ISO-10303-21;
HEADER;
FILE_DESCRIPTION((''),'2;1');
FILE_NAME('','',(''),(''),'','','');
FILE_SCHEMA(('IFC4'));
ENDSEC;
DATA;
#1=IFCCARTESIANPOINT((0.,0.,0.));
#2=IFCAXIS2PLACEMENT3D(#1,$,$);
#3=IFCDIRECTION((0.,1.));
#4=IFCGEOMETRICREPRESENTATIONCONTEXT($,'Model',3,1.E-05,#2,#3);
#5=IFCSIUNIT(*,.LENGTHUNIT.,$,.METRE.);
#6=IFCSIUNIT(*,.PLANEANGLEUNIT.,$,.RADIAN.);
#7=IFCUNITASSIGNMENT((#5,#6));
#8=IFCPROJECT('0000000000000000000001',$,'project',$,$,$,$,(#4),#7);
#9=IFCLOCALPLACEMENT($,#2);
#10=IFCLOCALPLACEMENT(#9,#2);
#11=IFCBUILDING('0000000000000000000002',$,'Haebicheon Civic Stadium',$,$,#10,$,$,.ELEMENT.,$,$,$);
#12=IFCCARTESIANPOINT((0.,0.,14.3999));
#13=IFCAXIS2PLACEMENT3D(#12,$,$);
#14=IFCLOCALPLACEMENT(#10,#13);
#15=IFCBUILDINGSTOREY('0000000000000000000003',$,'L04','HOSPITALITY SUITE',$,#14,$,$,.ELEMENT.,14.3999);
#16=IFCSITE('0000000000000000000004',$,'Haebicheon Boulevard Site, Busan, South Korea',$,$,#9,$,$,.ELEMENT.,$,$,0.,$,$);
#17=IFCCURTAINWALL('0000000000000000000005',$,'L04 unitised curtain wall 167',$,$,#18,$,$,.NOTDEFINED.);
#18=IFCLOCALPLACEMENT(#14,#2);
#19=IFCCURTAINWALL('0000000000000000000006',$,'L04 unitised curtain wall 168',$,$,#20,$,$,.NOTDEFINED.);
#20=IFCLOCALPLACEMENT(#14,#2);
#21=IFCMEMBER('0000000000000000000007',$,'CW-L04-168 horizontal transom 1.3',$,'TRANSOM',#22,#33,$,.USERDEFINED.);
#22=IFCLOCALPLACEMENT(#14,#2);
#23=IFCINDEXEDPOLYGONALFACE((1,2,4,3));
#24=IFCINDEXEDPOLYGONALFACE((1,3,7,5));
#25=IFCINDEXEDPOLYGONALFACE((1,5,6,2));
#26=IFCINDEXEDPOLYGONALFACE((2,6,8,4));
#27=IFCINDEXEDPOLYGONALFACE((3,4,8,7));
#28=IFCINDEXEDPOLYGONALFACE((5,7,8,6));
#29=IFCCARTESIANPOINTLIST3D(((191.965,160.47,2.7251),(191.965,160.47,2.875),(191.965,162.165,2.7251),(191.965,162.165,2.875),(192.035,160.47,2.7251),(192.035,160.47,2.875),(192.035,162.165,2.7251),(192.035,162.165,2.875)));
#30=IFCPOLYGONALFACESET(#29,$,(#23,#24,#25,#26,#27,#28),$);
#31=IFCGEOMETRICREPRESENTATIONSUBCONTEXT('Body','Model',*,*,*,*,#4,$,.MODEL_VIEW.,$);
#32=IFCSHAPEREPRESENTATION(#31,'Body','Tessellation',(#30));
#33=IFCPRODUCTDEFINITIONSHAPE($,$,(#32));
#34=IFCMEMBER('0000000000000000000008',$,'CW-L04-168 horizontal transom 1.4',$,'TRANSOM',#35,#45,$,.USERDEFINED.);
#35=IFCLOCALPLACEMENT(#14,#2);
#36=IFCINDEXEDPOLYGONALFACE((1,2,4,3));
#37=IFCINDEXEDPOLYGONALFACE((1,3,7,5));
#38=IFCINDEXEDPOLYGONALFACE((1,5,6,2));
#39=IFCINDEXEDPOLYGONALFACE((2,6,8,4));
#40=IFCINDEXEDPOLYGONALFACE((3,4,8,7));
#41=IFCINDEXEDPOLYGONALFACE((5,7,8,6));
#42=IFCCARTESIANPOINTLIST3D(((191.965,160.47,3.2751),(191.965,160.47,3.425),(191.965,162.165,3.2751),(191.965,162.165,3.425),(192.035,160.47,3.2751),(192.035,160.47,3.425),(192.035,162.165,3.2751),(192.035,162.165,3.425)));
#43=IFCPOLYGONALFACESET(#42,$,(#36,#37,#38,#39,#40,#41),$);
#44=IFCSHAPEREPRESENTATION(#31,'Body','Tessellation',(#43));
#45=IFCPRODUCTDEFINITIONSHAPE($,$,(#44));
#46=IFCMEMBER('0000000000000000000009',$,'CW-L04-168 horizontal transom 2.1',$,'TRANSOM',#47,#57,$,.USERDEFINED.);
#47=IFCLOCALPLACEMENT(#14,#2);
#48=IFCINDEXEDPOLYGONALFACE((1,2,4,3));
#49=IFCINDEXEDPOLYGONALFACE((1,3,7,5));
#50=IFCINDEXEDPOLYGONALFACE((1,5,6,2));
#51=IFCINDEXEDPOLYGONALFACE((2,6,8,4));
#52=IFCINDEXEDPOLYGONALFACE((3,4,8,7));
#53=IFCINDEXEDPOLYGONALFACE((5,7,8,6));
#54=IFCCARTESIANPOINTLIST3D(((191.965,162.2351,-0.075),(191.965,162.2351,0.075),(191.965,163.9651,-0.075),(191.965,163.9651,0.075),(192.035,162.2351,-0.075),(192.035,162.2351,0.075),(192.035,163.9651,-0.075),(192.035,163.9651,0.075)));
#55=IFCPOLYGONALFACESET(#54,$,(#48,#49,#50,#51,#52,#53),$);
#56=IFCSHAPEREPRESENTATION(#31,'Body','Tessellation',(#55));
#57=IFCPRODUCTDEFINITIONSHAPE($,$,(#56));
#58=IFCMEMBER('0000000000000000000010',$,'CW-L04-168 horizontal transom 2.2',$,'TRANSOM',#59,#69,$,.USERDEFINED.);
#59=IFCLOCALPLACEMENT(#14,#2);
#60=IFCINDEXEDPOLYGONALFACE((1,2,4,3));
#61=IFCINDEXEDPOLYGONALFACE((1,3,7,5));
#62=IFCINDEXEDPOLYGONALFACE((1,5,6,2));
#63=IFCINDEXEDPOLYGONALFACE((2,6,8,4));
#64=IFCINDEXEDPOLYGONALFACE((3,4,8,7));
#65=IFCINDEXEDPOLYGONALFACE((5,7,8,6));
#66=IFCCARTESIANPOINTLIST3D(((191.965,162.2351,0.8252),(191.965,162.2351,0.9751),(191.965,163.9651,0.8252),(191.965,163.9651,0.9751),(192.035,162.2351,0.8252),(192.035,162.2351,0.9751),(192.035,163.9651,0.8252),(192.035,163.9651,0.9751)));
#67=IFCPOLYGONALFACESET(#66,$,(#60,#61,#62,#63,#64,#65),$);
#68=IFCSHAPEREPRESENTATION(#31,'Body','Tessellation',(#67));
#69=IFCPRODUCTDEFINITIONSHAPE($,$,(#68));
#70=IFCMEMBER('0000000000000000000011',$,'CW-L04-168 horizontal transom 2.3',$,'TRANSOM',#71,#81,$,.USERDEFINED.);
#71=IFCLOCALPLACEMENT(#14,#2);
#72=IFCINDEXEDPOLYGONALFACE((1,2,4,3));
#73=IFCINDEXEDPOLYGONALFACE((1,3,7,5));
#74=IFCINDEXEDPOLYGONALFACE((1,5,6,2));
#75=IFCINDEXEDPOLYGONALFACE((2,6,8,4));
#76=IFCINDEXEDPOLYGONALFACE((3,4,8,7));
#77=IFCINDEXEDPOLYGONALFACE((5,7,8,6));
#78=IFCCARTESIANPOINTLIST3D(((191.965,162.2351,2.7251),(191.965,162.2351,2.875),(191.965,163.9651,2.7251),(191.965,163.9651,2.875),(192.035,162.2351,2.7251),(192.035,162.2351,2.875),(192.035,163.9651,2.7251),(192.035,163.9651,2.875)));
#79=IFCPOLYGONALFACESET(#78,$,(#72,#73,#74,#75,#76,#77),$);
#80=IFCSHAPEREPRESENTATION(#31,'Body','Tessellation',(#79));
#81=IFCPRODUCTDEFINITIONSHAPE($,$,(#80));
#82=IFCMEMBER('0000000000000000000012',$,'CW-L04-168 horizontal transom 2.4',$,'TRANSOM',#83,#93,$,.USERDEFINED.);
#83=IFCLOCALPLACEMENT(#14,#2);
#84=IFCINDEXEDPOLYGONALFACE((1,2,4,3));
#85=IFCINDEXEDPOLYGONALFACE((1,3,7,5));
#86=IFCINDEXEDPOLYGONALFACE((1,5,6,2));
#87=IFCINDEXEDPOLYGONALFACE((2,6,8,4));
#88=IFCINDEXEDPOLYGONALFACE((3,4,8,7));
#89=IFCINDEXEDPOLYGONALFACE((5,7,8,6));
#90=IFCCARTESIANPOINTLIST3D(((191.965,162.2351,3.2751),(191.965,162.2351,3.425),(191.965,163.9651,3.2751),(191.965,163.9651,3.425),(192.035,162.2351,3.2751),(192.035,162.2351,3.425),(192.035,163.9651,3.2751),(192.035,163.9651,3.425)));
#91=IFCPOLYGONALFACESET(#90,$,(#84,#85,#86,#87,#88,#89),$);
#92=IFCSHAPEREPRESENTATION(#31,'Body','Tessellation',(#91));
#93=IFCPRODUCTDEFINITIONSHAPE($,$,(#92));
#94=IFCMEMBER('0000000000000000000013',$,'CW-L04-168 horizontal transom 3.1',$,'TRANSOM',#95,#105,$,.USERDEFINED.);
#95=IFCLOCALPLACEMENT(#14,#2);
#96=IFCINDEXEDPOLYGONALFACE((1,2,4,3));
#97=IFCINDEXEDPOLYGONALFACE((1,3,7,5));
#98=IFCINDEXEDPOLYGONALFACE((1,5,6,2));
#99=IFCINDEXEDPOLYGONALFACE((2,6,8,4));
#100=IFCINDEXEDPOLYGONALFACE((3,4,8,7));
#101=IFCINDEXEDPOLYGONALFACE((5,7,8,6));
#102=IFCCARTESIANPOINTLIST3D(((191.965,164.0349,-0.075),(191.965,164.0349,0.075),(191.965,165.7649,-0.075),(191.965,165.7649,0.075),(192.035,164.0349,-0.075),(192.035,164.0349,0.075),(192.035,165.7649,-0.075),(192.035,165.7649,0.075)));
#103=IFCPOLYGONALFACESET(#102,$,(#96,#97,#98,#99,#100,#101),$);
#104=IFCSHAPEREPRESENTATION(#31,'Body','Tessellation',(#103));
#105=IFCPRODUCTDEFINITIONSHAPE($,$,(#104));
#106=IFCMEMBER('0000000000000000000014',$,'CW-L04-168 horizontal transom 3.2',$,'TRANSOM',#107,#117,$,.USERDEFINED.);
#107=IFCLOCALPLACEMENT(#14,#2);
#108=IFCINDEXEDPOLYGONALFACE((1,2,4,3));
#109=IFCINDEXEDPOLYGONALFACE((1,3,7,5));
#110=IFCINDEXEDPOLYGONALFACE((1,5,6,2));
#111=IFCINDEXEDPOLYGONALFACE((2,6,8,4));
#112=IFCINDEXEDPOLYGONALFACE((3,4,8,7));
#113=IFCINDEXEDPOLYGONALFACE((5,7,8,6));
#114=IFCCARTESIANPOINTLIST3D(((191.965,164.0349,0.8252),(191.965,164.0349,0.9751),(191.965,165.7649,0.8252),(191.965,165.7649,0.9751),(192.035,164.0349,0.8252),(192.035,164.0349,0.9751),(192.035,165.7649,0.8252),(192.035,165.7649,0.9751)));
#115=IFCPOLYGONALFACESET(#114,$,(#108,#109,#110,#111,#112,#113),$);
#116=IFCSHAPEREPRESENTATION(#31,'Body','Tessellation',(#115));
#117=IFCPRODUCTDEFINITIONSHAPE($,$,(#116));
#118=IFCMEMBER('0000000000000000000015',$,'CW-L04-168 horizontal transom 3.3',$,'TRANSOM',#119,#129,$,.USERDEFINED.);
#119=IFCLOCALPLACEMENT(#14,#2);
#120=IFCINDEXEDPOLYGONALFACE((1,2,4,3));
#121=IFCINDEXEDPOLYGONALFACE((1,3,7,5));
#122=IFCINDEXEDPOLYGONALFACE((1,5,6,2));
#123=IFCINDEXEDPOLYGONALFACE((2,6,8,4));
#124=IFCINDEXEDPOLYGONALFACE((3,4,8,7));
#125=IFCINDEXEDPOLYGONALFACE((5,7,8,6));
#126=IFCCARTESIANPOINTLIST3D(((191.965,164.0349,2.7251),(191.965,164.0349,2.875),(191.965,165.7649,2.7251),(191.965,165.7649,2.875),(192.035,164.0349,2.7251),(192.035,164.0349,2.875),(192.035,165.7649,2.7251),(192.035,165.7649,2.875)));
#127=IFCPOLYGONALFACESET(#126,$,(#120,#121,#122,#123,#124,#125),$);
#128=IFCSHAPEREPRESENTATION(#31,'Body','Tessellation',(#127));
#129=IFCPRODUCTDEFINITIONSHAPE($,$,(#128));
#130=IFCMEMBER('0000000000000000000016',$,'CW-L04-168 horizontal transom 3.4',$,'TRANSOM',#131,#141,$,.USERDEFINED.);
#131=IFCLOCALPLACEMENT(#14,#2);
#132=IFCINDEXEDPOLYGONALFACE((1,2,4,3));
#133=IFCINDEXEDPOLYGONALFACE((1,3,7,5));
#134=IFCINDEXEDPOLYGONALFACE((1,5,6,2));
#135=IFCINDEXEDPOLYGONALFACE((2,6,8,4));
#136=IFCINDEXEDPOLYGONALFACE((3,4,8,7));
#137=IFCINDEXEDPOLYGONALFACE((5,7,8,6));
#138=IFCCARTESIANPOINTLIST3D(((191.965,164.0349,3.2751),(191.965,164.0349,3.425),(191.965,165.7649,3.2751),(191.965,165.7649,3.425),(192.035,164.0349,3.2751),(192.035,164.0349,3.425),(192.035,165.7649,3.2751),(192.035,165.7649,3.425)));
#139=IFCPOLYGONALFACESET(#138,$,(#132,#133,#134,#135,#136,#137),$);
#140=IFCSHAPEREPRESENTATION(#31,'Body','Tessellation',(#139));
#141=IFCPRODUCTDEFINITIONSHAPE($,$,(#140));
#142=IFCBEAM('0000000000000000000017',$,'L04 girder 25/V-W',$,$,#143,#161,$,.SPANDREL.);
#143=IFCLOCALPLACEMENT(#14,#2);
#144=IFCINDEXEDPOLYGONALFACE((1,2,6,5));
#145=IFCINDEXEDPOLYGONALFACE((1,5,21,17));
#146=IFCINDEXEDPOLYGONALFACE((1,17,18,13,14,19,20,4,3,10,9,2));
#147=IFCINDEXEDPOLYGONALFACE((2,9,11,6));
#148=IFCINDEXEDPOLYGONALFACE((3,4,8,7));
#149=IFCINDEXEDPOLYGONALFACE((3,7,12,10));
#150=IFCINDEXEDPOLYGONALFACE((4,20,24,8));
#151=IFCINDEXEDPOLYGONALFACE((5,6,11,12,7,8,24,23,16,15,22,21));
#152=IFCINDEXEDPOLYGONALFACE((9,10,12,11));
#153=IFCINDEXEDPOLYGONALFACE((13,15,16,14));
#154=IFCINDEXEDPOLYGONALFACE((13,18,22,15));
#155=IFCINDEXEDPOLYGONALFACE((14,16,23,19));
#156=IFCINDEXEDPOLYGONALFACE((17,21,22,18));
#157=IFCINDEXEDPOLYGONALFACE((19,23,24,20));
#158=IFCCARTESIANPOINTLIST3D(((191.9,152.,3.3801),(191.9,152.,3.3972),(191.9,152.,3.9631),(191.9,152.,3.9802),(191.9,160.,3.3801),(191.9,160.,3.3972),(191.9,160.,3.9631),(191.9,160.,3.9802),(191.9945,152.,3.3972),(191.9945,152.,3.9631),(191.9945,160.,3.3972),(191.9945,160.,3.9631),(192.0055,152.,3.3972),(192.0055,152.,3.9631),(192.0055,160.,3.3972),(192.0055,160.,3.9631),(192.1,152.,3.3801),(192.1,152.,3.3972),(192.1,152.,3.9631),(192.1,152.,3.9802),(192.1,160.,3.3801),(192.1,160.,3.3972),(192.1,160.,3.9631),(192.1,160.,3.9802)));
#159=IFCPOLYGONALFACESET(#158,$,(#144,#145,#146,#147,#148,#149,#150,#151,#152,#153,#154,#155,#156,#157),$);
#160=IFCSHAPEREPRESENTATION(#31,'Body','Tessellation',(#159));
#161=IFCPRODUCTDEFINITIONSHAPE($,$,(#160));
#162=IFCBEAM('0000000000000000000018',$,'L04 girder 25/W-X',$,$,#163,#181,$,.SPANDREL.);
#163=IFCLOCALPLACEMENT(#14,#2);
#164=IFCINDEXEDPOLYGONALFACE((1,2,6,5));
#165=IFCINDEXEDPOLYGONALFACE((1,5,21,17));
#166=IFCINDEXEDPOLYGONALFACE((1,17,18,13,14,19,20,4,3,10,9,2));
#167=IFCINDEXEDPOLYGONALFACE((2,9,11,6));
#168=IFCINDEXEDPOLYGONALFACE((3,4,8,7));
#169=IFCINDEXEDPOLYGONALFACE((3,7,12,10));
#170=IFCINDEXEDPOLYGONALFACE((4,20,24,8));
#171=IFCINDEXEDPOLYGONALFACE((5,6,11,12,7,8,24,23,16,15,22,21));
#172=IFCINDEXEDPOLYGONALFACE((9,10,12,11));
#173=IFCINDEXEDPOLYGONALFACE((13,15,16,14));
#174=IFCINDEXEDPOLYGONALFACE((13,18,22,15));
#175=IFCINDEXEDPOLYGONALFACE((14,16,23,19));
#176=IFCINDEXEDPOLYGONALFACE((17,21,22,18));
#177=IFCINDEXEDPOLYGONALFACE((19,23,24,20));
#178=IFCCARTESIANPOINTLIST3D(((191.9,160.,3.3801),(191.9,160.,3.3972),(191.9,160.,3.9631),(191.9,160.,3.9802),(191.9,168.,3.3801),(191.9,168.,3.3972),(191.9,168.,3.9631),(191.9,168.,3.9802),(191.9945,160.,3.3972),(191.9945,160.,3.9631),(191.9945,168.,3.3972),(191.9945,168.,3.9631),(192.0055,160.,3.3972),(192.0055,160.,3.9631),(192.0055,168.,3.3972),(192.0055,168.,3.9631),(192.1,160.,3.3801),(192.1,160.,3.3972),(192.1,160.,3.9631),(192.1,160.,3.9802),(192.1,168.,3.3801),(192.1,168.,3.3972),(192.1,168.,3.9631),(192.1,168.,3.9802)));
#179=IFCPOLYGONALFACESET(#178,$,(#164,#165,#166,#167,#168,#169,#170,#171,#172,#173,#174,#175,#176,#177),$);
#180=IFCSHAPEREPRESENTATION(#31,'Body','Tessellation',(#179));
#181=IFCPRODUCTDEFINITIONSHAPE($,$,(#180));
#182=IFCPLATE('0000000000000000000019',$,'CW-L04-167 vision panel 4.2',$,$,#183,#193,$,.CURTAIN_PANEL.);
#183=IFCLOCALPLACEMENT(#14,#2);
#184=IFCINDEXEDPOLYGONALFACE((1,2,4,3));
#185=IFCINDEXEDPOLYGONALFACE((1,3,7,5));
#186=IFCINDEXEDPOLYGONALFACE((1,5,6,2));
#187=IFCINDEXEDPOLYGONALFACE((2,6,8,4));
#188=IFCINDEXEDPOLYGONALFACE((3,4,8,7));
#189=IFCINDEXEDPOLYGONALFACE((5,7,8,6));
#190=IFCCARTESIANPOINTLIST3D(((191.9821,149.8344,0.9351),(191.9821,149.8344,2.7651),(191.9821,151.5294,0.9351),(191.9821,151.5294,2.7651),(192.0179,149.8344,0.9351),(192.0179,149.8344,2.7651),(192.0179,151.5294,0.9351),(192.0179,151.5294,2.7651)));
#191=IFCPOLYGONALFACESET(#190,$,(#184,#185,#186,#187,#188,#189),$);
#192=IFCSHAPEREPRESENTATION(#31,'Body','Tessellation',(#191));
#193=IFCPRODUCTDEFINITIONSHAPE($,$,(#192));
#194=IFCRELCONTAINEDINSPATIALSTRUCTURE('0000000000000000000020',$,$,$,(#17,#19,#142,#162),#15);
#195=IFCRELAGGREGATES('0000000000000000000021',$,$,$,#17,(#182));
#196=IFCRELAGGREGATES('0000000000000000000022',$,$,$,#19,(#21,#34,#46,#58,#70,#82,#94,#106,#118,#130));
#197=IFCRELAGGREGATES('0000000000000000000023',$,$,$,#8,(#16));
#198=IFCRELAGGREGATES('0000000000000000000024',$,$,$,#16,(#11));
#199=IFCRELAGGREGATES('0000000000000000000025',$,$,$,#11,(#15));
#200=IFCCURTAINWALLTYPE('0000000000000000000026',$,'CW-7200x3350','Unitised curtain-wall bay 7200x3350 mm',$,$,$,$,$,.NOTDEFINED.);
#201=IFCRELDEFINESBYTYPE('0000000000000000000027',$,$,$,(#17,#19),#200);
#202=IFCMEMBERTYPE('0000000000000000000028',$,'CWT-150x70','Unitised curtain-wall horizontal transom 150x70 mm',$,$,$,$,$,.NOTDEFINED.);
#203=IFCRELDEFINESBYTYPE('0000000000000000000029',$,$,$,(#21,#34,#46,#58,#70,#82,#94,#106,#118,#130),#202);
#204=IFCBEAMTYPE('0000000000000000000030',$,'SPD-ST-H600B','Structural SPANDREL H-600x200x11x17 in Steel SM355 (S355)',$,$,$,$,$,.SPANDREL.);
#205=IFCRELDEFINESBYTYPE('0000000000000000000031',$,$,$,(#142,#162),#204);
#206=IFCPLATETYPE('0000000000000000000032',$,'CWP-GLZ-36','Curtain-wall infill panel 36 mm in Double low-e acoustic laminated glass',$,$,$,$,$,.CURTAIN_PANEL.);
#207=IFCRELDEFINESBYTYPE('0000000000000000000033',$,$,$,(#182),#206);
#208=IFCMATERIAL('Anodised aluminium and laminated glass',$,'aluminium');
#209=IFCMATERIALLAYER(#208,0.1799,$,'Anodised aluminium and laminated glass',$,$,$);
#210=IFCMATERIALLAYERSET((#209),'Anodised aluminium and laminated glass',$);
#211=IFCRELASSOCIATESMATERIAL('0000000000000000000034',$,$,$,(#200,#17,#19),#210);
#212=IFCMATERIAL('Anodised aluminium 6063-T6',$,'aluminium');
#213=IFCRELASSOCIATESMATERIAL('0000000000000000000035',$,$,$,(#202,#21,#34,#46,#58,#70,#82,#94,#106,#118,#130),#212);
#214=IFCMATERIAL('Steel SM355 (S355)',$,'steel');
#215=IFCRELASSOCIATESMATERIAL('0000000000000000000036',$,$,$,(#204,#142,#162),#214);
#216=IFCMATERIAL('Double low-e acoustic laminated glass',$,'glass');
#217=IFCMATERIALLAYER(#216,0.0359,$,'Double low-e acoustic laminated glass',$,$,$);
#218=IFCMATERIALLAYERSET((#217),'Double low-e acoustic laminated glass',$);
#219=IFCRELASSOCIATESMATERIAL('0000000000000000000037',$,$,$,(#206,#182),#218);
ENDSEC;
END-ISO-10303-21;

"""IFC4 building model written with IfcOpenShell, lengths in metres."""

from ifc_helpers import new_model, si_unit, direction, frame, origin, origin_2d, place, context, subcontext, project, spatial, rectangle, i_section, extrude, material, layer, layer_set, material_profile, profile_set, type_object, element, aggregate, save


model = new_model("IFC4")

# Units and contexts
model_context = context("Model", 3, precision=1e-05, world=origin(), true_north=direction((0.0, 1.0)))
body_context = subcontext(model_context, "Body", "Model", "MODEL_VIEW")
ifc_project = project(units=[si_unit("LENGTHUNIT", "METRE"), si_unit("PLANEANGLEUNIT", "RADIAN")], contexts=[model_context])

# Site, building, storey
site_placement = place(None, origin())
site = spatial("IfcSite", under=ifc_project, at=site_placement, Name="Haebicheon Boulevard Site, Busan, South Korea", CompositionType="ELEMENT", RefElevation=0.0)
building_placement = place(site_placement, origin())
building = spatial("IfcBuilding", under=site, at=building_placement, Name="Haebicheon Civic Stadium", CompositionType="ELEMENT")
storey_placement = place(building_placement, frame((0.0, 0.0, 14.3999)))
storey = spatial("IfcBuildingStorey", under=building, at=storey_placement, Name="L04", Description="HOSPITALITY SUITE", CompositionType="ELEMENT", Elevation=14.3999)

# Curtain walls
ifc_material_1 = material(Name="Anodised aluminium and laminated glass", Category="aluminium")
ifc_layer_1 = layer(ifc_material_1, 0.1799, Name="Anodised aluminium and laminated glass")
ifc_layer_set_1 = layer_set([ifc_layer_1], Name="Anodised aluminium and laminated glass")
curtain_wall_type = type_object("IfcCurtainWallType", Name="CW-7200x3350", Description="Unitised curtain-wall bay 7200x3350 mm", PredefinedType="NOTDEFINED", material=ifc_layer_set_1)
curtain_wall_1_placement = place(storey_placement, origin())
curtain_wall_1 = element("IfcCurtainWall", 1, at=curtain_wall_1_placement, inside=storey, type_object=curtain_wall_type, material=ifc_layer_set_1, Name="L04 unitised curtain wall 167", PredefinedType="NOTDEFINED")
curtain_wall_2_placement = place(storey_placement, origin())
curtain_wall_2 = element("IfcCurtainWall", 2, at=curtain_wall_2_placement, inside=storey, type_object=curtain_wall_type, material=ifc_layer_set_1, Name="L04 unitised curtain wall 168", PredefinedType="NOTDEFINED")

# Members
ifc_material_2 = material(Name="Anodised aluminium 6063-T6", Category="aluminium")
ifc_material_profile_1 = material_profile(ifc_material_2, rectangle(XDim=0.0701, YDim=0.1499, at=origin_2d()), Name="ALU-TRAN-70x150")
ifc_profile_set_1 = profile_set([ifc_material_profile_1], Name="Anodised aluminium 6063-T6")
member_type_1 = type_object("IfcMemberType", Name="CWT-150x70", Description="Unitised curtain-wall horizontal transom 150x70 mm", PredefinedType="NOTDEFINED", material=ifc_profile_set_1)
member_1_placement = place(storey_placement, frame((192.0, 160.47, 2.8), z_axis=(0.0, 1.0, 0.0), x_axis=(-1.0, 0.0, 0.0)))
member_1 = element("IfcMember", 3, at=member_1_placement, type_object=member_type_1, material=ifc_profile_set_1, Name="CW-L04-168 horizontal transom 1.3", ObjectType="TRANSOM", PredefinedType="USERDEFINED", context=body_context, shape_type="SweptSolid", body=[
    extrude(rectangle(XDim=0.0701, YDim=0.1499, at=origin_2d()), origin(), (0.0, 0.0, 1.0), 1.6951),
])
member_2_placement = place(storey_placement, frame((192.0, 160.47, 3.3501), z_axis=(0.0, 1.0, 0.0), x_axis=(-1.0, 0.0, 0.0)))
member_2 = element("IfcMember", 4, at=member_2_placement, type_object=member_type_1, material=ifc_profile_set_1, Name="CW-L04-168 horizontal transom 1.4", ObjectType="TRANSOM", PredefinedType="USERDEFINED", context=body_context, shape_type="SweptSolid", body=[
    extrude(rectangle(XDim=0.0701, YDim=0.1499, at=origin_2d()), origin(), (0.0, 0.0, 1.0), 1.6951),
])
member_3_placement = place(storey_placement, frame((192.0, 162.2351, 0.0), z_axis=(0.0, 1.0, 0.0), x_axis=(-1.0, 0.0, 0.0)))
member_3 = element("IfcMember", 5, at=member_3_placement, type_object=member_type_1, material=ifc_profile_set_1, Name="CW-L04-168 horizontal transom 2.1", ObjectType="TRANSOM", PredefinedType="USERDEFINED", context=body_context, shape_type="SweptSolid", body=[
    extrude(rectangle(XDim=0.0701, YDim=0.1499, at=origin_2d()), origin(), (0.0, 0.0, 1.0), 1.73),
])
member_4_placement = place(storey_placement, frame((192.0, 162.2351, 0.9001), z_axis=(0.0, 1.0, 0.0), x_axis=(-1.0, 0.0, 0.0)))
member_4 = element("IfcMember", 6, at=member_4_placement, type_object=member_type_1, material=ifc_profile_set_1, Name="CW-L04-168 horizontal transom 2.2", ObjectType="TRANSOM", PredefinedType="USERDEFINED", context=body_context, shape_type="SweptSolid", body=[
    extrude(rectangle(XDim=0.0701, YDim=0.1499, at=origin_2d()), origin(), (0.0, 0.0, 1.0), 1.73),
])
member_5_placement = place(storey_placement, frame((192.0, 162.2351, 2.8), z_axis=(0.0, 1.0, 0.0), x_axis=(-1.0, 0.0, 0.0)))
member_5 = element("IfcMember", 7, at=member_5_placement, type_object=member_type_1, material=ifc_profile_set_1, Name="CW-L04-168 horizontal transom 2.3", ObjectType="TRANSOM", PredefinedType="USERDEFINED", context=body_context, shape_type="SweptSolid", body=[
    extrude(rectangle(XDim=0.0701, YDim=0.1499, at=origin_2d()), origin(), (0.0, 0.0, 1.0), 1.73),
])
member_6_placement = place(storey_placement, frame((192.0, 162.2351, 3.3501), z_axis=(0.0, 1.0, 0.0), x_axis=(-1.0, 0.0, 0.0)))
member_6 = element("IfcMember", 8, at=member_6_placement, type_object=member_type_1, material=ifc_profile_set_1, Name="CW-L04-168 horizontal transom 2.4", ObjectType="TRANSOM", PredefinedType="USERDEFINED", context=body_context, shape_type="SweptSolid", body=[
    extrude(rectangle(XDim=0.0701, YDim=0.1499, at=origin_2d()), origin(), (0.0, 0.0, 1.0), 1.73),
])
member_7_placement = place(storey_placement, frame((192.0, 164.0349, 0.0), z_axis=(0.0, 1.0, 0.0), x_axis=(-1.0, 0.0, 0.0)))
member_7 = element("IfcMember", 9, at=member_7_placement, type_object=member_type_1, material=ifc_profile_set_1, Name="CW-L04-168 horizontal transom 3.1", ObjectType="TRANSOM", PredefinedType="USERDEFINED", context=body_context, shape_type="SweptSolid", body=[
    extrude(rectangle(XDim=0.0701, YDim=0.1499, at=origin_2d()), origin(), (0.0, 0.0, 1.0), 1.73),
])
member_8_placement = place(storey_placement, frame((192.0, 164.0349, 0.9001), z_axis=(0.0, 1.0, 0.0), x_axis=(-1.0, 0.0, 0.0)))
member_8 = element("IfcMember", 10, at=member_8_placement, type_object=member_type_1, material=ifc_profile_set_1, Name="CW-L04-168 horizontal transom 3.2", ObjectType="TRANSOM", PredefinedType="USERDEFINED", context=body_context, shape_type="SweptSolid", body=[
    extrude(rectangle(XDim=0.0701, YDim=0.1499, at=origin_2d()), origin(), (0.0, 0.0, 1.0), 1.73),
])
member_9_placement = place(storey_placement, frame((192.0, 164.0349, 2.8), z_axis=(0.0, 1.0, 0.0), x_axis=(-1.0, 0.0, 0.0)))
member_9 = element("IfcMember", 11, at=member_9_placement, type_object=member_type_1, material=ifc_profile_set_1, Name="CW-L04-168 horizontal transom 3.3", ObjectType="TRANSOM", PredefinedType="USERDEFINED", context=body_context, shape_type="SweptSolid", body=[
    extrude(rectangle(XDim=0.0701, YDim=0.1499, at=origin_2d()), origin(), (0.0, 0.0, 1.0), 1.73),
])
member_10_placement = place(storey_placement, frame((192.0, 164.0349, 3.3501), z_axis=(0.0, 1.0, 0.0), x_axis=(-1.0, 0.0, 0.0)))
member_10 = element("IfcMember", 12, at=member_10_placement, type_object=member_type_1, material=ifc_profile_set_1, Name="CW-L04-168 horizontal transom 3.4", ObjectType="TRANSOM", PredefinedType="USERDEFINED", context=body_context, shape_type="SweptSolid", body=[
    extrude(rectangle(XDim=0.0701, YDim=0.1499, at=origin_2d()), origin(), (0.0, 0.0, 1.0), 1.73),
])

# Beams
ifc_material_3 = material(Name="Steel SM355 (S355)", Category="steel")
ifc_material_profile_2 = material_profile(ifc_material_3, i_section(OverallWidth=0.2, OverallDepth=0.6001, WebThickness=0.011, FlangeThickness=0.0171, at=origin_2d()), Name="H-600x200x11x17")
ifc_profile_set_2 = profile_set([ifc_material_profile_2], Name="Steel SM355 (S355)")
beam_type = type_object("IfcBeamType", Name="SPD-ST-H600B", Description="Structural SPANDREL H-600x200x11x17 in Steel SM355 (S355)", PredefinedType="SPANDREL", material=ifc_profile_set_2)
for number, where, z_axis, x_axis, name in (
    (13, (192.0, 152.0, 3.6802), (0.0, 1.0, 0.0), (-1.0, 0.0, 0.0), "L04 girder 25/V-W"),
    (14, (192.0, 160.0, 3.6802), (0.0, 1.0, 0.0), (-1.0, 0.0, 0.0), "L04 girder 25/W-X"),
):
    element("IfcBeam", number, at=place(storey_placement, frame(where, z_axis=z_axis, x_axis=x_axis)), inside=storey, type_object=beam_type, material=ifc_profile_set_2, Name=name, PredefinedType="SPANDREL", context=body_context, shape_type="SweptSolid", body=[
        extrude(i_section(OverallWidth=0.2, OverallDepth=0.6001, WebThickness=0.011, FlangeThickness=0.0171, at=origin_2d()), origin(), (0.0, 0.0, 1.0), 8.0),
    ])

# Plate
ifc_material_4 = material(Name="Double low-e acoustic laminated glass", Category="glass")
ifc_layer_2 = layer(ifc_material_4, 0.0359, Name="Double low-e acoustic laminated glass")
ifc_layer_set_2 = layer_set([ifc_layer_2], Name="Double low-e acoustic laminated glass")
plate_type_1 = type_object("IfcPlateType", Name="CWP-GLZ-36", Description="Curtain-wall infill panel 36 mm in Double low-e acoustic laminated glass", PredefinedType="CURTAIN_PANEL", material=ifc_layer_set_2)
plate_1_placement = place(storey_placement, frame((192.0, 150.6819, 0.9351), z_axis=(0.0, 0.0, 1.0), x_axis=(0.0, 1.0, 0.0)))
plate_1 = element("IfcPlate", 15, at=plate_1_placement, type_object=plate_type_1, material=ifc_layer_set_2, Name="CW-L04-167 vision panel 4.2", PredefinedType="CURTAIN_PANEL", context=body_context, shape_type="SweptSolid", body=[
    extrude(rectangle(XDim=1.6951, YDim=0.0359, at=origin_2d()), origin(), (0.0, 0.0, 1.0), 1.8301),
])
aggregate(curtain_wall_1, [plate_1])
aggregate(curtain_wall_2, [member_1, member_2, member_3, member_4, member_5, member_6, member_7, member_8, member_9, member_10])

save(model, "model.ifc")
